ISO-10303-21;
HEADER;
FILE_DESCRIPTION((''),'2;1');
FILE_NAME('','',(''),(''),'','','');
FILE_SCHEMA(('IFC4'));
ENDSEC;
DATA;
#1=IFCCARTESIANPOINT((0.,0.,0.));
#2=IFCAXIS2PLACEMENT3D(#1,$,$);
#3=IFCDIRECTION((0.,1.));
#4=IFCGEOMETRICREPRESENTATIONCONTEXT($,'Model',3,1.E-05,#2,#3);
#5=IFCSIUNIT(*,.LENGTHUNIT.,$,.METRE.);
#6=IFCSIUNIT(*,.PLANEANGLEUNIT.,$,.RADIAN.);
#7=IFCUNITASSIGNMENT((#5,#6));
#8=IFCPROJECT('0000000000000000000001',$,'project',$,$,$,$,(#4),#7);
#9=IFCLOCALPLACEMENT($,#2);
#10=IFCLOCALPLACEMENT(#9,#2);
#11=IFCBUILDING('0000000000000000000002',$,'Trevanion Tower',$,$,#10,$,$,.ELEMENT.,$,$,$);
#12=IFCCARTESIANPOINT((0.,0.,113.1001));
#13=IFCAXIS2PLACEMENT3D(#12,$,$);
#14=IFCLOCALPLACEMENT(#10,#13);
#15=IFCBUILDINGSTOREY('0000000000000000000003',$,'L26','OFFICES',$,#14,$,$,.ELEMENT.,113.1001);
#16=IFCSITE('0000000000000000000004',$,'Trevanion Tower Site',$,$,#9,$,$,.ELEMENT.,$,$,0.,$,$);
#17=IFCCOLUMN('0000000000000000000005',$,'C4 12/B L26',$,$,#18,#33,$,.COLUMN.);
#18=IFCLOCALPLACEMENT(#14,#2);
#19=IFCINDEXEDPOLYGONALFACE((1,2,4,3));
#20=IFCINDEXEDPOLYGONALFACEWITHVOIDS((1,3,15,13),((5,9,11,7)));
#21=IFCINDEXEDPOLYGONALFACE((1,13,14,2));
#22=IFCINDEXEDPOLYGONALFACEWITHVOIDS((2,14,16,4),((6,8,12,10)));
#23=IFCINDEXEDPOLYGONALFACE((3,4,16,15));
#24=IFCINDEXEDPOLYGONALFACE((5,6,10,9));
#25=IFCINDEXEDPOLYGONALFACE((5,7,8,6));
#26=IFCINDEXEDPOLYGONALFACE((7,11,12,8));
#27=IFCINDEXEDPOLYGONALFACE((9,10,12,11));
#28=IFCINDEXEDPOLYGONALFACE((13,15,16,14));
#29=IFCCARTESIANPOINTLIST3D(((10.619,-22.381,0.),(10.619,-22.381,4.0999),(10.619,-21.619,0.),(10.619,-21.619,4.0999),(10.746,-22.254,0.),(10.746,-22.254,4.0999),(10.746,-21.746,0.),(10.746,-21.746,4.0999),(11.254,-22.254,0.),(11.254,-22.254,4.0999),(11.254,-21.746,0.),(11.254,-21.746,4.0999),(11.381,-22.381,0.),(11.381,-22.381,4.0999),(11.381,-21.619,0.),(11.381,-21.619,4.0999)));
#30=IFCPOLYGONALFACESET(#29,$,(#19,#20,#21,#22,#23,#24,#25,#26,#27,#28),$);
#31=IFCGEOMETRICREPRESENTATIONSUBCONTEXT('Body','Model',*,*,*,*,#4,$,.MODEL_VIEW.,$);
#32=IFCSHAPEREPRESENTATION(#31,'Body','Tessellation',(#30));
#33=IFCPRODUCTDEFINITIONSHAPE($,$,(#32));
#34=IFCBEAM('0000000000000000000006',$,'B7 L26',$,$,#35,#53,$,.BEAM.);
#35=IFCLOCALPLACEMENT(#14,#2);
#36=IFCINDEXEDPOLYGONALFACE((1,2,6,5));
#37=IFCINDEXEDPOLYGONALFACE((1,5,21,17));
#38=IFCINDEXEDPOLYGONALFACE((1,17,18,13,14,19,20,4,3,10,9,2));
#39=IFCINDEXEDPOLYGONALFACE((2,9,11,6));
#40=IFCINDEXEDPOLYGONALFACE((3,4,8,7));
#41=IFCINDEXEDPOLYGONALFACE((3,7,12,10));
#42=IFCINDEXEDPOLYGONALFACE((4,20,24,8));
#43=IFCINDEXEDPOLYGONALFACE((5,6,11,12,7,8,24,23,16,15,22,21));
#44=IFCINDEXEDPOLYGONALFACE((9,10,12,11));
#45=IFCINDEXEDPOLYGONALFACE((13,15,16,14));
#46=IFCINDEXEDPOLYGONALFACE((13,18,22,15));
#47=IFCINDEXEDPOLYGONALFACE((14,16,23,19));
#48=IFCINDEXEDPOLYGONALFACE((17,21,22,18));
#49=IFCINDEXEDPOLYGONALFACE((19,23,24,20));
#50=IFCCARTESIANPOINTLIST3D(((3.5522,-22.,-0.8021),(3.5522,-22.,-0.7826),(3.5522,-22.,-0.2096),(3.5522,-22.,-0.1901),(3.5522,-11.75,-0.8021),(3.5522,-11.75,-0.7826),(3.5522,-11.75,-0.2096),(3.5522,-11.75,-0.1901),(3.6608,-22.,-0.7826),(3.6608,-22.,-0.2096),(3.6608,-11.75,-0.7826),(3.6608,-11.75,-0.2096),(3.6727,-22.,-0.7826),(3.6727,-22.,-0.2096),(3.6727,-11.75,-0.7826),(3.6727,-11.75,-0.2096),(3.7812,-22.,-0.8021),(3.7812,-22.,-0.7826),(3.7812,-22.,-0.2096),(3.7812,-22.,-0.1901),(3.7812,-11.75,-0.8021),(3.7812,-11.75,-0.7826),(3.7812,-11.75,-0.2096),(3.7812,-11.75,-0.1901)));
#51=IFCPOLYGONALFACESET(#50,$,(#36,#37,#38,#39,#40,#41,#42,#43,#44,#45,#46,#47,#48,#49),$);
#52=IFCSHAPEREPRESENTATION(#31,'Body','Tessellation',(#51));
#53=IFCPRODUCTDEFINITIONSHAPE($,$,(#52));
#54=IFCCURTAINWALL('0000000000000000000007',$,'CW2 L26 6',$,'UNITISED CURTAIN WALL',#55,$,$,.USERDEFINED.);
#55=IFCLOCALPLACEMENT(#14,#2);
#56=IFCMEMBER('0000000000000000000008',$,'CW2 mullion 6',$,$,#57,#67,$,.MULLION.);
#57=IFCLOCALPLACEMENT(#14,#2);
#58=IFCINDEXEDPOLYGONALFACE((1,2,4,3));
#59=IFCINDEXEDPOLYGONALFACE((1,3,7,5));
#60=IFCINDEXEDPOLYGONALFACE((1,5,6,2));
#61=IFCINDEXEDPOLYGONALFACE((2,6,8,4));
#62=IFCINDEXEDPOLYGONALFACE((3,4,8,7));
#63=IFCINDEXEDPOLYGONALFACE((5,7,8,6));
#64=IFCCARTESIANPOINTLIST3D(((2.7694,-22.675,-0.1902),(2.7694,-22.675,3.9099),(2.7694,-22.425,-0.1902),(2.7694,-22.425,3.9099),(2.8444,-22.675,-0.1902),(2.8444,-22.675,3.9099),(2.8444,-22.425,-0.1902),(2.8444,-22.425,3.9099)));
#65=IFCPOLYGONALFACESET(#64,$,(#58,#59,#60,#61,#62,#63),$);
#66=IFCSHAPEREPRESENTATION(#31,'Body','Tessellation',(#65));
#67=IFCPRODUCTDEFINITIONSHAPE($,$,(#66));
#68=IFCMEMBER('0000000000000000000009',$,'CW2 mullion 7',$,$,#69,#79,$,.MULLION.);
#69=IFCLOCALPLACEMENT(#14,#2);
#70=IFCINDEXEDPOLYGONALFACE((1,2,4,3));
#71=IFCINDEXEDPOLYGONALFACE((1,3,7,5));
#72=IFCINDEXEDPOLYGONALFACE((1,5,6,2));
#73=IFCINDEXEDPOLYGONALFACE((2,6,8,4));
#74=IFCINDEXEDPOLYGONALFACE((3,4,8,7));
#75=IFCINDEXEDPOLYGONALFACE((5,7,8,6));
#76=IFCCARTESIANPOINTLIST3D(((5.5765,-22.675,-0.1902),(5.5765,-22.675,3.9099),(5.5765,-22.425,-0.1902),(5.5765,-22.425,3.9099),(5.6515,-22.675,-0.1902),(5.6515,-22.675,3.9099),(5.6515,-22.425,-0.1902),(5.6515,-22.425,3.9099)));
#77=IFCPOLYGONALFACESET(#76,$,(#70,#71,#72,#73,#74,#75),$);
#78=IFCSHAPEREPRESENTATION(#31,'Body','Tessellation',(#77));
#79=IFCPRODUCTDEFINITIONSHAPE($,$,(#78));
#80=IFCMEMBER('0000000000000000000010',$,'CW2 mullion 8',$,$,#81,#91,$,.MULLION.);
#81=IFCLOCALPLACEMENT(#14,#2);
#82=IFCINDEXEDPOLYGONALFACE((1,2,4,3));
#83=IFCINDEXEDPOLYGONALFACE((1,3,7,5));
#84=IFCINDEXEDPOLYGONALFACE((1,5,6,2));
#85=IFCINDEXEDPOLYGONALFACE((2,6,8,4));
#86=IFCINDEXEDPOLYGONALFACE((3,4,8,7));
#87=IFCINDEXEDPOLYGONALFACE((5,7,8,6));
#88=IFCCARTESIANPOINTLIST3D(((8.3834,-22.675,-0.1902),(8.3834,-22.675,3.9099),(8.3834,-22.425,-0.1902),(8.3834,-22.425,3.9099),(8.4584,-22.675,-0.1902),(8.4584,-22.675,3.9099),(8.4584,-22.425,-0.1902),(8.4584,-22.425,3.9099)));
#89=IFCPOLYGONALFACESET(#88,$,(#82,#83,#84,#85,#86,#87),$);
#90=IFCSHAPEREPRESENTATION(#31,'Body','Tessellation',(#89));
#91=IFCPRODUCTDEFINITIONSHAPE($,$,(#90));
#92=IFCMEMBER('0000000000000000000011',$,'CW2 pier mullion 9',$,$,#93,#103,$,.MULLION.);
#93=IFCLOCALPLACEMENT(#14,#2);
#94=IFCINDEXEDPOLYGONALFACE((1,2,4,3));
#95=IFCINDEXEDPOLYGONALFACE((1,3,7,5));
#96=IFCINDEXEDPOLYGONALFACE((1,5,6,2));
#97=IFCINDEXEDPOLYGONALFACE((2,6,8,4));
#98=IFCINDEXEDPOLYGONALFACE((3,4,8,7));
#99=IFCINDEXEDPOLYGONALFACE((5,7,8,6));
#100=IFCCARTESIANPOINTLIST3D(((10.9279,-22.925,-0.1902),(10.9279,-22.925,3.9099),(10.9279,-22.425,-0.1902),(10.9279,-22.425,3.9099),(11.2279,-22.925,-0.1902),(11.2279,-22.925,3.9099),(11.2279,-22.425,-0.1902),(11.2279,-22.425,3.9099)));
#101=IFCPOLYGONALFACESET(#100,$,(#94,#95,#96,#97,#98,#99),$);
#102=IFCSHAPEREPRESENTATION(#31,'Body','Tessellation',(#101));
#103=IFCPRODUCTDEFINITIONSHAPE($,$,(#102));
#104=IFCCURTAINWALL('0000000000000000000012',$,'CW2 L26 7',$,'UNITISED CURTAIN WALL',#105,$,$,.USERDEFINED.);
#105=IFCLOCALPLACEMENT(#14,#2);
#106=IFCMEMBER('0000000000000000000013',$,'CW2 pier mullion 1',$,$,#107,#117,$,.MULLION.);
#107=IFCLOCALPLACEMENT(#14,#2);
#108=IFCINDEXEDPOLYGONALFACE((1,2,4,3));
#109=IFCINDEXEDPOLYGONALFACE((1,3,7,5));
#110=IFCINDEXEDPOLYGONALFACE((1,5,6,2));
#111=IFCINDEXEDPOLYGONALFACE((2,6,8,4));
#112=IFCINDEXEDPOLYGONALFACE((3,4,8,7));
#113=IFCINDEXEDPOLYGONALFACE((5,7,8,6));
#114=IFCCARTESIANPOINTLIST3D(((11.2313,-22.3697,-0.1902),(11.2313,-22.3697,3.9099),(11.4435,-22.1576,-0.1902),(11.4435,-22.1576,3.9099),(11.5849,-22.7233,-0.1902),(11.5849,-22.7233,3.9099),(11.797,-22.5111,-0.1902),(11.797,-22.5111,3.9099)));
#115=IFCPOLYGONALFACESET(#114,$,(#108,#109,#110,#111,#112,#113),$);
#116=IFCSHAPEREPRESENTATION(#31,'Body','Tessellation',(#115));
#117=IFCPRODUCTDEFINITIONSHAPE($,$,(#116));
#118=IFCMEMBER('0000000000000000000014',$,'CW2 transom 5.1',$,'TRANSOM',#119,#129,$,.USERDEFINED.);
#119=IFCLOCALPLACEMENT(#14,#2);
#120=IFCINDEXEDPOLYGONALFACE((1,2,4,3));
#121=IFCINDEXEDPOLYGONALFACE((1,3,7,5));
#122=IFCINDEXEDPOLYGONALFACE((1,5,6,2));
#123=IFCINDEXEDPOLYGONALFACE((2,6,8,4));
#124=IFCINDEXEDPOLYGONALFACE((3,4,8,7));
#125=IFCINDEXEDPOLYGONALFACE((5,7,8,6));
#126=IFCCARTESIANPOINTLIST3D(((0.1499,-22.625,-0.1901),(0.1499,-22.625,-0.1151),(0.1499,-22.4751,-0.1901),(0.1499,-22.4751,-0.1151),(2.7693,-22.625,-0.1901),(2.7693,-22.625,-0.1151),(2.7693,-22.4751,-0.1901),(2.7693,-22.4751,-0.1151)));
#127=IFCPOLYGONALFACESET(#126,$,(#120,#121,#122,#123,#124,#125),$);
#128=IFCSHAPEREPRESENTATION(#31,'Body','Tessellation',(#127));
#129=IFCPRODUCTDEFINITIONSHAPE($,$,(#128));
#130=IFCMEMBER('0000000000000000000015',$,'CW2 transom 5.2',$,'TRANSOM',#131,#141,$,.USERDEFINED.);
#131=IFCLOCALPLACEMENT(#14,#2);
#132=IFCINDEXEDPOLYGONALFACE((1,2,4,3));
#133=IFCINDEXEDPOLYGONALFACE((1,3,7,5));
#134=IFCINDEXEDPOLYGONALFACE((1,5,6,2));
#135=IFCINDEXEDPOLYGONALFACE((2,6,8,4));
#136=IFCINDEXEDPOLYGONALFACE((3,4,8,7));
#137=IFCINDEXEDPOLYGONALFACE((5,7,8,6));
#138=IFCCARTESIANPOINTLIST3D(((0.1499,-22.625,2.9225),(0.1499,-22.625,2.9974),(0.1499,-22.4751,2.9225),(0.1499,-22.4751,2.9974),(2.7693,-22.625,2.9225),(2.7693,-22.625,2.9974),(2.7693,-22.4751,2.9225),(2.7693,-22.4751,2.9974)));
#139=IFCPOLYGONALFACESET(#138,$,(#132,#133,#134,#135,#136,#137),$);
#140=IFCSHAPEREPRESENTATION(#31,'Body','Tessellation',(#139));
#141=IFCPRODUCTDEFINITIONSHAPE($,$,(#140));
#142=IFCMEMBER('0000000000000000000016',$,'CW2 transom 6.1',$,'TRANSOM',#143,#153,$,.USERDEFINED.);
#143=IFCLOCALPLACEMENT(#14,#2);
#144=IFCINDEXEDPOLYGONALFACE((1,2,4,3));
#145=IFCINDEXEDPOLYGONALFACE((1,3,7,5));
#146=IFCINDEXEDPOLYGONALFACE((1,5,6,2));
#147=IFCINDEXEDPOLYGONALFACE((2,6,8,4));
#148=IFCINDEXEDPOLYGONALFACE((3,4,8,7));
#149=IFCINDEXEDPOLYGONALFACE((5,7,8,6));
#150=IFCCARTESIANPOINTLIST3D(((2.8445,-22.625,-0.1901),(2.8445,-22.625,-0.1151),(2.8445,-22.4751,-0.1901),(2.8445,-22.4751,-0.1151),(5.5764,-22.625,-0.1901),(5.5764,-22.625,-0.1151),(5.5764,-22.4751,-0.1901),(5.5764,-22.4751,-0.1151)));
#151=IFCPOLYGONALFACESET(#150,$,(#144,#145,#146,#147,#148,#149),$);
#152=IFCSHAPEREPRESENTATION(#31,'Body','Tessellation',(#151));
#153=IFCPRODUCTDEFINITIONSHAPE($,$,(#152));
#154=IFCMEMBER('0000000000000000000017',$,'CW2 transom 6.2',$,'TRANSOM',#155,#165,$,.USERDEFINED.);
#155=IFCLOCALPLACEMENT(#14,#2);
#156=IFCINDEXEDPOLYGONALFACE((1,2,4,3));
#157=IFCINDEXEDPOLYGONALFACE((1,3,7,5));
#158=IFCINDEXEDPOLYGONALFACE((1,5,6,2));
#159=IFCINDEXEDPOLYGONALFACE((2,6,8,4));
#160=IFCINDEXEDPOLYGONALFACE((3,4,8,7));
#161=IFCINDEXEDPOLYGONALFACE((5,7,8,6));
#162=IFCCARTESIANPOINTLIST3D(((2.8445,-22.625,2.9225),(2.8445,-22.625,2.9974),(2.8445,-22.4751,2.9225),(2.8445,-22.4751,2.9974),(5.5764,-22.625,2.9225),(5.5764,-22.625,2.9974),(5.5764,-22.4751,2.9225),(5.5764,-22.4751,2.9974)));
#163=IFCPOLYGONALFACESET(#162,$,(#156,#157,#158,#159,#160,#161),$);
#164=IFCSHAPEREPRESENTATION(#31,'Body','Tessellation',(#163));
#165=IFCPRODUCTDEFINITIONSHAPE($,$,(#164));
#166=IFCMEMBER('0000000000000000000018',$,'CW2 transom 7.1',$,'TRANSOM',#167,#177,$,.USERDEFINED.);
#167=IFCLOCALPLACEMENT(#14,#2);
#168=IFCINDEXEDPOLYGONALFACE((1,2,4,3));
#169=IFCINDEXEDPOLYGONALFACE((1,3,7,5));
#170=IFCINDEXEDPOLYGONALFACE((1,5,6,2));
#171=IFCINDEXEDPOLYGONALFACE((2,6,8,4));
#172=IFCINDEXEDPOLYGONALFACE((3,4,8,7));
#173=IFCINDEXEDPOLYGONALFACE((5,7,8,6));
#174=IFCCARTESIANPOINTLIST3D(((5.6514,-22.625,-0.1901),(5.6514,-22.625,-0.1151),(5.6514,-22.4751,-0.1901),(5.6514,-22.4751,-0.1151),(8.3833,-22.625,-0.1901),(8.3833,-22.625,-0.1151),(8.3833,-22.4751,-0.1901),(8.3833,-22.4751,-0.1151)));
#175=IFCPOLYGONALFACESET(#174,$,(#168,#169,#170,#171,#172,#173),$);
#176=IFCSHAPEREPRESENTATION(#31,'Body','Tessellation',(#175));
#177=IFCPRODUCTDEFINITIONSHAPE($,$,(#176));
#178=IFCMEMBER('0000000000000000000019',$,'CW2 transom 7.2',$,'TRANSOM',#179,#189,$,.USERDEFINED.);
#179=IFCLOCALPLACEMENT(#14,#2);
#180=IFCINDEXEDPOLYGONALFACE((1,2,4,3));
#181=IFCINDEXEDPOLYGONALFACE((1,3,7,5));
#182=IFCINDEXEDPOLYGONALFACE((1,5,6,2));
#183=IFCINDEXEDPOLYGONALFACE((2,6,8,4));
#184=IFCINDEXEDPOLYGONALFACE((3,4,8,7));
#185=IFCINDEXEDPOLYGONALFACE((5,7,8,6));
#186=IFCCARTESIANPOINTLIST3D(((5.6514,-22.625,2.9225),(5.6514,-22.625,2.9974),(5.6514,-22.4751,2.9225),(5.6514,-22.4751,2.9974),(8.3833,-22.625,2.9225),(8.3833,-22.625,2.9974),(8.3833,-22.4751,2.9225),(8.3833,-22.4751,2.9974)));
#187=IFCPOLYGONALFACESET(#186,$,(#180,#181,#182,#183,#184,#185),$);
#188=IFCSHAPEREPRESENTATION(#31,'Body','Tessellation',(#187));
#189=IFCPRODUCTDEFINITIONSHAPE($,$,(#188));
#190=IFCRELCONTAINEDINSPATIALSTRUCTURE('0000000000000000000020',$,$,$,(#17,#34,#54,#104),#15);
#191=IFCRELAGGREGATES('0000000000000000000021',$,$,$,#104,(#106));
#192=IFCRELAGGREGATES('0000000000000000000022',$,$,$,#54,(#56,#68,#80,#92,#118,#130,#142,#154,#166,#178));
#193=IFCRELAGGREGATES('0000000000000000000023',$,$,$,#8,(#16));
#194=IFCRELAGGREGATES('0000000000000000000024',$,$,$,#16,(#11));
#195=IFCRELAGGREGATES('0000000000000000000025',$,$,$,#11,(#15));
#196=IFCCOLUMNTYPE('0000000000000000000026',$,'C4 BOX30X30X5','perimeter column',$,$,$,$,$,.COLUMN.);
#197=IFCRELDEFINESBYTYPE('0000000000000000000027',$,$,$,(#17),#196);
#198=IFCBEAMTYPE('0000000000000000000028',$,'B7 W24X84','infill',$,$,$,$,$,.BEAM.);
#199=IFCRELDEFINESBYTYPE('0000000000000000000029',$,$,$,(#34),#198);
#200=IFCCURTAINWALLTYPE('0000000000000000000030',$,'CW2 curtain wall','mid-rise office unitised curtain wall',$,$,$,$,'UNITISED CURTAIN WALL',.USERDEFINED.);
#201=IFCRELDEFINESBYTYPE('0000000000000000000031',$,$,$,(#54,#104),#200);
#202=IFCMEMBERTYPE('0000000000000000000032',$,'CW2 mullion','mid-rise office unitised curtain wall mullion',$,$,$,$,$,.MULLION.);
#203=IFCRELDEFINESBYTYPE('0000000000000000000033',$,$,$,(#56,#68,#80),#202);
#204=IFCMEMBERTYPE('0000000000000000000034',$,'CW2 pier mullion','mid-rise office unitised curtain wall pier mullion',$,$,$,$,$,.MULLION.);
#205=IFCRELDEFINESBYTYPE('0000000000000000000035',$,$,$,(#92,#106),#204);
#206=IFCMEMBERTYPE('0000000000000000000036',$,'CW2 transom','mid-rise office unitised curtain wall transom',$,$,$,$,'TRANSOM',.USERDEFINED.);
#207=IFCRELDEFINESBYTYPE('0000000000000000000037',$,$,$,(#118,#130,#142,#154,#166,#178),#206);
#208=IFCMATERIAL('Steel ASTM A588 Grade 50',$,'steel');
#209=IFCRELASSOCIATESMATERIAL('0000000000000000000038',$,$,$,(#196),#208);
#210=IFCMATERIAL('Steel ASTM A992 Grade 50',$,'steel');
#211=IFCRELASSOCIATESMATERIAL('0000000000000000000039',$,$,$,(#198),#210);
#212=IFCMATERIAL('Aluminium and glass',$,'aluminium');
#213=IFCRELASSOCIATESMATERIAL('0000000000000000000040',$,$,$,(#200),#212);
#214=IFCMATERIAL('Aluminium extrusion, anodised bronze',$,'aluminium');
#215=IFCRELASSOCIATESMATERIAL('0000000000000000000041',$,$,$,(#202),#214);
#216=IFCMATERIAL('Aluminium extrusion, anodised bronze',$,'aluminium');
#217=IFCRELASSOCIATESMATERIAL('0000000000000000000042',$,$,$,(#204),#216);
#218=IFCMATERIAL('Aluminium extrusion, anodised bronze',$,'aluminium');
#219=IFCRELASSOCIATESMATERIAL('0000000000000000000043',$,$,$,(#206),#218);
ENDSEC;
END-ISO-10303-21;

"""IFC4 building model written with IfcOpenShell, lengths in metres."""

from ifc_helpers import new_model, si_unit, direction, frame, origin, origin_2d, place, context, subcontext, project, spatial, rectangle, hollow_rectangle, i_section, extrude, material, material_profile, profile_set, type_object, element, aggregate, save


model = new_model("IFC4")

# Units and contexts
model_context = context("Model", 3, precision=1e-05, world=origin(), true_north=direction((0.0, 1.0)))
body_context = subcontext(model_context, "Body", "Model", "MODEL_VIEW")
ifc_project = project(units=[si_unit("LENGTHUNIT", "METRE"), si_unit("PLANEANGLEUNIT", "RADIAN")], contexts=[model_context])

# Site, building, storey
site_placement = place(None, origin())
site = spatial("IfcSite", under=ifc_project, at=site_placement, Name="Trevanion Tower Site", CompositionType="ELEMENT", RefElevation=0.0)
building_placement = place(site_placement, origin())
building = spatial("IfcBuilding", under=site, at=building_placement, Name="Trevanion Tower", CompositionType="ELEMENT")
storey_placement = place(building_placement, frame((0.0, 0.0, 113.1001)))
storey = spatial("IfcBuildingStorey", under=building, at=storey_placement, Name="L26", Description="OFFICES", CompositionType="ELEMENT", Elevation=113.1001)

# Column
ifc_material_1 = material(Name="Steel ASTM A588 Grade 50", Category="steel")
ifc_material_profile_1 = material_profile(ifc_material_1, hollow_rectangle(XDim=0.762, YDim=0.762, WallThickness=0.127, at=origin_2d()), Name="BOX30X30X5")
ifc_profile_set_1 = profile_set([ifc_material_profile_1], Name="Steel ASTM A588 Grade 50")
column_type = type_object("IfcColumnType", Name="C4 BOX30X30X5", Description="perimeter column", PredefinedType="COLUMN", material=ifc_profile_set_1)
column_placement = place(storey_placement, frame((11.0, -22.0, 0.0), z_axis=(0.0, 0.0, 1.0), x_axis=(1.0, 0.0, 0.0)))
element("IfcColumn", 1, at=column_placement, inside=storey, type_object=column_type, Name="C4 12/B L26", PredefinedType="COLUMN", context=body_context, shape_type="SweptSolid", body=[
    extrude(hollow_rectangle(XDim=0.762, YDim=0.762, WallThickness=0.127, at=origin_2d()), origin(), (0.0, 0.0, 1.0), 4.0999),
])

# Beam
ifc_material_2 = material(Name="Steel ASTM A992 Grade 50", Category="steel")
ifc_material_profile_2 = material_profile(ifc_material_2, i_section(OverallWidth=0.229, OverallDepth=0.6121, WebThickness=0.012, FlangeThickness=0.0195, at=origin_2d()), Name="W24X84")
ifc_profile_set_2 = profile_set([ifc_material_profile_2], Name="Steel ASTM A992 Grade 50")
beam_type_1 = type_object("IfcBeamType", Name="B7 W24X84", Description="infill", PredefinedType="BEAM", material=ifc_profile_set_2)
beam_1_placement = place(storey_placement, frame((3.6667, -11.75, -0.4961), z_axis=(0.0, -1.0, 0.0), x_axis=(1.0, 0.0, 0.0)))
element("IfcBeam", 2, at=beam_1_placement, inside=storey, type_object=beam_type_1, Name="B7 L26", PredefinedType="BEAM", context=body_context, shape_type="SweptSolid", body=[
    extrude(i_section(OverallWidth=0.229, OverallDepth=0.6121, WebThickness=0.012, FlangeThickness=0.0195, at=origin_2d()), origin(), (0.0, 0.0, 1.0), 10.25),
])

# Curtain wall, members
ifc_material_3 = material(Name="Aluminium and glass", Category="aluminium")
curtain_wall_type = type_object("IfcCurtainWallType", Name="CW2 curtain wall", Description="mid-rise office unitised curtain wall", ElementType="UNITISED CURTAIN WALL", PredefinedType="USERDEFINED", material=ifc_material_3)
curtain_wall_1_placement = place(storey_placement, origin())
curtain_wall_1 = element("IfcCurtainWall", 3, at=curtain_wall_1_placement, inside=storey, type_object=curtain_wall_type, Name="CW2 L26 6", ObjectType="UNITISED CURTAIN WALL", PredefinedType="USERDEFINED")
ifc_material_4 = material(Name="Aluminium extrusion, anodised bronze", Category="aluminium")
ifc_material_profile_3 = material_profile(ifc_material_4, rectangle(XDim=0.075, YDim=0.25, at=origin_2d()), Name="CW2 mullion")
ifc_profile_set_3 = profile_set([ifc_material_profile_3], Name="Aluminium extrusion, anodised bronze")
member_type_1 = type_object("IfcMemberType", Name="CW2 mullion", Description="mid-rise office unitised curtain wall mullion", PredefinedType="MULLION", material=ifc_profile_set_3)
member_1_placement = place(storey_placement, frame((2.8069, -22.55, -0.1902), z_axis=(0.0, 0.0, 1.0), x_axis=(1.0, 0.0, 0.0)))
member_1 = element("IfcMember", 4, at=member_1_placement, type_object=member_type_1, Name="CW2 mullion 6", PredefinedType="MULLION", context=body_context, shape_type="SweptSolid", body=[
    extrude(rectangle(XDim=0.075, YDim=0.25, at=origin_2d()), origin(), (0.0, 0.0, 1.0), 4.1001),
])
member_2_placement = place(storey_placement, frame((5.614, -22.55, -0.1902), z_axis=(0.0, 0.0, 1.0), x_axis=(1.0, 0.0, 0.0)))
member_2 = element("IfcMember", 5, at=member_2_placement, type_object=member_type_1, Name="CW2 mullion 7", PredefinedType="MULLION", context=body_context, shape_type="SweptSolid", body=[
    extrude(rectangle(XDim=0.075, YDim=0.25, at=origin_2d()), origin(), (0.0, 0.0, 1.0), 4.1001),
])
member_3_placement = place(storey_placement, frame((8.4209, -22.55, -0.1902), z_axis=(0.0, 0.0, 1.0), x_axis=(1.0, 0.0, 0.0)))
member_3 = element("IfcMember", 6, at=member_3_placement, type_object=member_type_1, Name="CW2 mullion 8", PredefinedType="MULLION", context=body_context, shape_type="SweptSolid", body=[
    extrude(rectangle(XDim=0.075, YDim=0.25, at=origin_2d()), origin(), (0.0, 0.0, 1.0), 4.1001),
])
ifc_material_5 = material(Name="Aluminium extrusion, anodised bronze", Category="aluminium")
ifc_material_profile_4 = material_profile(ifc_material_5, rectangle(XDim=0.3, YDim=0.5, at=origin_2d()), Name="CW2 pier mullion")
ifc_profile_set_4 = profile_set([ifc_material_profile_4], Name="Aluminium extrusion, anodised bronze")
member_type_2 = type_object("IfcMemberType", Name="CW2 pier mullion", Description="mid-rise office unitised curtain wall pier mullion", PredefinedType="MULLION", material=ifc_profile_set_4)
member_4_placement = place(storey_placement, frame((11.0779, -22.675, -0.1902), z_axis=(0.0, 0.0, 1.0), x_axis=(1.0, 0.0, 0.0)))
member_4 = element("IfcMember", 7, at=member_4_placement, type_object=member_type_2, Name="CW2 pier mullion 9", PredefinedType="MULLION", context=body_context, shape_type="SweptSolid", body=[
    extrude(rectangle(XDim=0.3, YDim=0.5, at=origin_2d()), origin(), (0.0, 0.0, 1.0), 4.1001),
])

# Curtain wall, member
curtain_wall_2_placement = place(storey_placement, origin())
curtain_wall_2 = element("IfcCurtainWall", 8, at=curtain_wall_2_placement, inside=storey, type_object=curtain_wall_type, Name="CW2 L26 7", ObjectType="UNITISED CURTAIN WALL", PredefinedType="USERDEFINED")
member_5_placement = place(storey_placement, frame((11.5142, -22.4404, -0.1902), z_axis=(0.0, 0.0, 1.0), x_axis=(0.707107, 0.707107, 0.0)))
member_5 = element("IfcMember", 9, at=member_5_placement, type_object=member_type_2, Name="CW2 pier mullion 1", PredefinedType="MULLION", context=body_context, shape_type="SweptSolid", body=[
    extrude(rectangle(XDim=0.3, YDim=0.5, at=origin_2d()), origin(), (0.0, 0.0, 1.0), 4.1001),
])

# Members
ifc_material_6 = material(Name="Aluminium extrusion, anodised bronze", Category="aluminium")
ifc_material_profile_5 = material_profile(ifc_material_6, rectangle(XDim=0.1499, YDim=0.075, at=origin_2d()), Name="CW2 transom")
ifc_profile_set_5 = profile_set([ifc_material_profile_5], Name="Aluminium extrusion, anodised bronze")
member_type_3 = type_object("IfcMemberType", Name="CW2 transom", Description="mid-rise office unitised curtain wall transom", ElementType="TRANSOM", PredefinedType="USERDEFINED", material=ifc_profile_set_5)
member_6_placement = place(storey_placement, frame((0.1499, -22.55, -0.1526), z_axis=(1.0, 0.0, 0.0), x_axis=(0.0, 1.0, 0.0)))
member_6 = element("IfcMember", 10, at=member_6_placement, type_object=member_type_3, Name="CW2 transom 5.1", ObjectType="TRANSOM", PredefinedType="USERDEFINED", context=body_context, shape_type="SweptSolid", body=[
    extrude(rectangle(XDim=0.1499, YDim=0.075, at=origin_2d()), origin(), (0.0, 0.0, 1.0), 2.6194),
])
member_7_placement = place(storey_placement, frame((0.1499, -22.55, 2.96), z_axis=(1.0, 0.0, 0.0), x_axis=(0.0, 1.0, 0.0)))
member_7 = element("IfcMember", 11, at=member_7_placement, type_object=member_type_3, Name="CW2 transom 5.2", ObjectType="TRANSOM", PredefinedType="USERDEFINED", context=body_context, shape_type="SweptSolid", body=[
    extrude(rectangle(XDim=0.1499, YDim=0.075, at=origin_2d()), origin(), (0.0, 0.0, 1.0), 2.6194),
])
member_8_placement = place(storey_placement, frame((2.8445, -22.55, -0.1526), z_axis=(1.0, 0.0, 0.0), x_axis=(0.0, 1.0, 0.0)))
member_8 = element("IfcMember", 12, at=member_8_placement, type_object=member_type_3, Name="CW2 transom 6.1", ObjectType="TRANSOM", PredefinedType="USERDEFINED", context=body_context, shape_type="SweptSolid", body=[
    extrude(rectangle(XDim=0.1499, YDim=0.075, at=origin_2d()), origin(), (0.0, 0.0, 1.0), 2.7319),
])
member_9_placement = place(storey_placement, frame((2.8445, -22.55, 2.96), z_axis=(1.0, 0.0, 0.0), x_axis=(0.0, 1.0, 0.0)))
member_9 = element("IfcMember", 13, at=member_9_placement, type_object=member_type_3, Name="CW2 transom 6.2", ObjectType="TRANSOM", PredefinedType="USERDEFINED", context=body_context, shape_type="SweptSolid", body=[
    extrude(rectangle(XDim=0.1499, YDim=0.075, at=origin_2d()), origin(), (0.0, 0.0, 1.0), 2.7319),
])
member_10_placement = place(storey_placement, frame((5.6514, -22.55, -0.1526), z_axis=(1.0, 0.0, 0.0), x_axis=(0.0, 1.0, 0.0)))
member_10 = element("IfcMember", 14, at=member_10_placement, type_object=member_type_3, Name="CW2 transom 7.1", ObjectType="TRANSOM", PredefinedType="USERDEFINED", context=body_context, shape_type="SweptSolid", body=[
    extrude(rectangle(XDim=0.1499, YDim=0.075, at=origin_2d()), origin(), (0.0, 0.0, 1.0), 2.7319),
])
member_11_placement = place(storey_placement, frame((5.6514, -22.55, 2.96), z_axis=(1.0, 0.0, 0.0), x_axis=(0.0, 1.0, 0.0)))
member_11 = element("IfcMember", 15, at=member_11_placement, type_object=member_type_3, Name="CW2 transom 7.2", ObjectType="TRANSOM", PredefinedType="USERDEFINED", context=body_context, shape_type="SweptSolid", body=[
    extrude(rectangle(XDim=0.1499, YDim=0.075, at=origin_2d()), origin(), (0.0, 0.0, 1.0), 2.7319),
])
aggregate(curtain_wall_2, [member_5])

aggregate(curtain_wall_1, [member_1, member_2, member_3, member_4, member_6, member_7, member_8, member_9, member_10, member_11])

save(model, "model.ifc")
